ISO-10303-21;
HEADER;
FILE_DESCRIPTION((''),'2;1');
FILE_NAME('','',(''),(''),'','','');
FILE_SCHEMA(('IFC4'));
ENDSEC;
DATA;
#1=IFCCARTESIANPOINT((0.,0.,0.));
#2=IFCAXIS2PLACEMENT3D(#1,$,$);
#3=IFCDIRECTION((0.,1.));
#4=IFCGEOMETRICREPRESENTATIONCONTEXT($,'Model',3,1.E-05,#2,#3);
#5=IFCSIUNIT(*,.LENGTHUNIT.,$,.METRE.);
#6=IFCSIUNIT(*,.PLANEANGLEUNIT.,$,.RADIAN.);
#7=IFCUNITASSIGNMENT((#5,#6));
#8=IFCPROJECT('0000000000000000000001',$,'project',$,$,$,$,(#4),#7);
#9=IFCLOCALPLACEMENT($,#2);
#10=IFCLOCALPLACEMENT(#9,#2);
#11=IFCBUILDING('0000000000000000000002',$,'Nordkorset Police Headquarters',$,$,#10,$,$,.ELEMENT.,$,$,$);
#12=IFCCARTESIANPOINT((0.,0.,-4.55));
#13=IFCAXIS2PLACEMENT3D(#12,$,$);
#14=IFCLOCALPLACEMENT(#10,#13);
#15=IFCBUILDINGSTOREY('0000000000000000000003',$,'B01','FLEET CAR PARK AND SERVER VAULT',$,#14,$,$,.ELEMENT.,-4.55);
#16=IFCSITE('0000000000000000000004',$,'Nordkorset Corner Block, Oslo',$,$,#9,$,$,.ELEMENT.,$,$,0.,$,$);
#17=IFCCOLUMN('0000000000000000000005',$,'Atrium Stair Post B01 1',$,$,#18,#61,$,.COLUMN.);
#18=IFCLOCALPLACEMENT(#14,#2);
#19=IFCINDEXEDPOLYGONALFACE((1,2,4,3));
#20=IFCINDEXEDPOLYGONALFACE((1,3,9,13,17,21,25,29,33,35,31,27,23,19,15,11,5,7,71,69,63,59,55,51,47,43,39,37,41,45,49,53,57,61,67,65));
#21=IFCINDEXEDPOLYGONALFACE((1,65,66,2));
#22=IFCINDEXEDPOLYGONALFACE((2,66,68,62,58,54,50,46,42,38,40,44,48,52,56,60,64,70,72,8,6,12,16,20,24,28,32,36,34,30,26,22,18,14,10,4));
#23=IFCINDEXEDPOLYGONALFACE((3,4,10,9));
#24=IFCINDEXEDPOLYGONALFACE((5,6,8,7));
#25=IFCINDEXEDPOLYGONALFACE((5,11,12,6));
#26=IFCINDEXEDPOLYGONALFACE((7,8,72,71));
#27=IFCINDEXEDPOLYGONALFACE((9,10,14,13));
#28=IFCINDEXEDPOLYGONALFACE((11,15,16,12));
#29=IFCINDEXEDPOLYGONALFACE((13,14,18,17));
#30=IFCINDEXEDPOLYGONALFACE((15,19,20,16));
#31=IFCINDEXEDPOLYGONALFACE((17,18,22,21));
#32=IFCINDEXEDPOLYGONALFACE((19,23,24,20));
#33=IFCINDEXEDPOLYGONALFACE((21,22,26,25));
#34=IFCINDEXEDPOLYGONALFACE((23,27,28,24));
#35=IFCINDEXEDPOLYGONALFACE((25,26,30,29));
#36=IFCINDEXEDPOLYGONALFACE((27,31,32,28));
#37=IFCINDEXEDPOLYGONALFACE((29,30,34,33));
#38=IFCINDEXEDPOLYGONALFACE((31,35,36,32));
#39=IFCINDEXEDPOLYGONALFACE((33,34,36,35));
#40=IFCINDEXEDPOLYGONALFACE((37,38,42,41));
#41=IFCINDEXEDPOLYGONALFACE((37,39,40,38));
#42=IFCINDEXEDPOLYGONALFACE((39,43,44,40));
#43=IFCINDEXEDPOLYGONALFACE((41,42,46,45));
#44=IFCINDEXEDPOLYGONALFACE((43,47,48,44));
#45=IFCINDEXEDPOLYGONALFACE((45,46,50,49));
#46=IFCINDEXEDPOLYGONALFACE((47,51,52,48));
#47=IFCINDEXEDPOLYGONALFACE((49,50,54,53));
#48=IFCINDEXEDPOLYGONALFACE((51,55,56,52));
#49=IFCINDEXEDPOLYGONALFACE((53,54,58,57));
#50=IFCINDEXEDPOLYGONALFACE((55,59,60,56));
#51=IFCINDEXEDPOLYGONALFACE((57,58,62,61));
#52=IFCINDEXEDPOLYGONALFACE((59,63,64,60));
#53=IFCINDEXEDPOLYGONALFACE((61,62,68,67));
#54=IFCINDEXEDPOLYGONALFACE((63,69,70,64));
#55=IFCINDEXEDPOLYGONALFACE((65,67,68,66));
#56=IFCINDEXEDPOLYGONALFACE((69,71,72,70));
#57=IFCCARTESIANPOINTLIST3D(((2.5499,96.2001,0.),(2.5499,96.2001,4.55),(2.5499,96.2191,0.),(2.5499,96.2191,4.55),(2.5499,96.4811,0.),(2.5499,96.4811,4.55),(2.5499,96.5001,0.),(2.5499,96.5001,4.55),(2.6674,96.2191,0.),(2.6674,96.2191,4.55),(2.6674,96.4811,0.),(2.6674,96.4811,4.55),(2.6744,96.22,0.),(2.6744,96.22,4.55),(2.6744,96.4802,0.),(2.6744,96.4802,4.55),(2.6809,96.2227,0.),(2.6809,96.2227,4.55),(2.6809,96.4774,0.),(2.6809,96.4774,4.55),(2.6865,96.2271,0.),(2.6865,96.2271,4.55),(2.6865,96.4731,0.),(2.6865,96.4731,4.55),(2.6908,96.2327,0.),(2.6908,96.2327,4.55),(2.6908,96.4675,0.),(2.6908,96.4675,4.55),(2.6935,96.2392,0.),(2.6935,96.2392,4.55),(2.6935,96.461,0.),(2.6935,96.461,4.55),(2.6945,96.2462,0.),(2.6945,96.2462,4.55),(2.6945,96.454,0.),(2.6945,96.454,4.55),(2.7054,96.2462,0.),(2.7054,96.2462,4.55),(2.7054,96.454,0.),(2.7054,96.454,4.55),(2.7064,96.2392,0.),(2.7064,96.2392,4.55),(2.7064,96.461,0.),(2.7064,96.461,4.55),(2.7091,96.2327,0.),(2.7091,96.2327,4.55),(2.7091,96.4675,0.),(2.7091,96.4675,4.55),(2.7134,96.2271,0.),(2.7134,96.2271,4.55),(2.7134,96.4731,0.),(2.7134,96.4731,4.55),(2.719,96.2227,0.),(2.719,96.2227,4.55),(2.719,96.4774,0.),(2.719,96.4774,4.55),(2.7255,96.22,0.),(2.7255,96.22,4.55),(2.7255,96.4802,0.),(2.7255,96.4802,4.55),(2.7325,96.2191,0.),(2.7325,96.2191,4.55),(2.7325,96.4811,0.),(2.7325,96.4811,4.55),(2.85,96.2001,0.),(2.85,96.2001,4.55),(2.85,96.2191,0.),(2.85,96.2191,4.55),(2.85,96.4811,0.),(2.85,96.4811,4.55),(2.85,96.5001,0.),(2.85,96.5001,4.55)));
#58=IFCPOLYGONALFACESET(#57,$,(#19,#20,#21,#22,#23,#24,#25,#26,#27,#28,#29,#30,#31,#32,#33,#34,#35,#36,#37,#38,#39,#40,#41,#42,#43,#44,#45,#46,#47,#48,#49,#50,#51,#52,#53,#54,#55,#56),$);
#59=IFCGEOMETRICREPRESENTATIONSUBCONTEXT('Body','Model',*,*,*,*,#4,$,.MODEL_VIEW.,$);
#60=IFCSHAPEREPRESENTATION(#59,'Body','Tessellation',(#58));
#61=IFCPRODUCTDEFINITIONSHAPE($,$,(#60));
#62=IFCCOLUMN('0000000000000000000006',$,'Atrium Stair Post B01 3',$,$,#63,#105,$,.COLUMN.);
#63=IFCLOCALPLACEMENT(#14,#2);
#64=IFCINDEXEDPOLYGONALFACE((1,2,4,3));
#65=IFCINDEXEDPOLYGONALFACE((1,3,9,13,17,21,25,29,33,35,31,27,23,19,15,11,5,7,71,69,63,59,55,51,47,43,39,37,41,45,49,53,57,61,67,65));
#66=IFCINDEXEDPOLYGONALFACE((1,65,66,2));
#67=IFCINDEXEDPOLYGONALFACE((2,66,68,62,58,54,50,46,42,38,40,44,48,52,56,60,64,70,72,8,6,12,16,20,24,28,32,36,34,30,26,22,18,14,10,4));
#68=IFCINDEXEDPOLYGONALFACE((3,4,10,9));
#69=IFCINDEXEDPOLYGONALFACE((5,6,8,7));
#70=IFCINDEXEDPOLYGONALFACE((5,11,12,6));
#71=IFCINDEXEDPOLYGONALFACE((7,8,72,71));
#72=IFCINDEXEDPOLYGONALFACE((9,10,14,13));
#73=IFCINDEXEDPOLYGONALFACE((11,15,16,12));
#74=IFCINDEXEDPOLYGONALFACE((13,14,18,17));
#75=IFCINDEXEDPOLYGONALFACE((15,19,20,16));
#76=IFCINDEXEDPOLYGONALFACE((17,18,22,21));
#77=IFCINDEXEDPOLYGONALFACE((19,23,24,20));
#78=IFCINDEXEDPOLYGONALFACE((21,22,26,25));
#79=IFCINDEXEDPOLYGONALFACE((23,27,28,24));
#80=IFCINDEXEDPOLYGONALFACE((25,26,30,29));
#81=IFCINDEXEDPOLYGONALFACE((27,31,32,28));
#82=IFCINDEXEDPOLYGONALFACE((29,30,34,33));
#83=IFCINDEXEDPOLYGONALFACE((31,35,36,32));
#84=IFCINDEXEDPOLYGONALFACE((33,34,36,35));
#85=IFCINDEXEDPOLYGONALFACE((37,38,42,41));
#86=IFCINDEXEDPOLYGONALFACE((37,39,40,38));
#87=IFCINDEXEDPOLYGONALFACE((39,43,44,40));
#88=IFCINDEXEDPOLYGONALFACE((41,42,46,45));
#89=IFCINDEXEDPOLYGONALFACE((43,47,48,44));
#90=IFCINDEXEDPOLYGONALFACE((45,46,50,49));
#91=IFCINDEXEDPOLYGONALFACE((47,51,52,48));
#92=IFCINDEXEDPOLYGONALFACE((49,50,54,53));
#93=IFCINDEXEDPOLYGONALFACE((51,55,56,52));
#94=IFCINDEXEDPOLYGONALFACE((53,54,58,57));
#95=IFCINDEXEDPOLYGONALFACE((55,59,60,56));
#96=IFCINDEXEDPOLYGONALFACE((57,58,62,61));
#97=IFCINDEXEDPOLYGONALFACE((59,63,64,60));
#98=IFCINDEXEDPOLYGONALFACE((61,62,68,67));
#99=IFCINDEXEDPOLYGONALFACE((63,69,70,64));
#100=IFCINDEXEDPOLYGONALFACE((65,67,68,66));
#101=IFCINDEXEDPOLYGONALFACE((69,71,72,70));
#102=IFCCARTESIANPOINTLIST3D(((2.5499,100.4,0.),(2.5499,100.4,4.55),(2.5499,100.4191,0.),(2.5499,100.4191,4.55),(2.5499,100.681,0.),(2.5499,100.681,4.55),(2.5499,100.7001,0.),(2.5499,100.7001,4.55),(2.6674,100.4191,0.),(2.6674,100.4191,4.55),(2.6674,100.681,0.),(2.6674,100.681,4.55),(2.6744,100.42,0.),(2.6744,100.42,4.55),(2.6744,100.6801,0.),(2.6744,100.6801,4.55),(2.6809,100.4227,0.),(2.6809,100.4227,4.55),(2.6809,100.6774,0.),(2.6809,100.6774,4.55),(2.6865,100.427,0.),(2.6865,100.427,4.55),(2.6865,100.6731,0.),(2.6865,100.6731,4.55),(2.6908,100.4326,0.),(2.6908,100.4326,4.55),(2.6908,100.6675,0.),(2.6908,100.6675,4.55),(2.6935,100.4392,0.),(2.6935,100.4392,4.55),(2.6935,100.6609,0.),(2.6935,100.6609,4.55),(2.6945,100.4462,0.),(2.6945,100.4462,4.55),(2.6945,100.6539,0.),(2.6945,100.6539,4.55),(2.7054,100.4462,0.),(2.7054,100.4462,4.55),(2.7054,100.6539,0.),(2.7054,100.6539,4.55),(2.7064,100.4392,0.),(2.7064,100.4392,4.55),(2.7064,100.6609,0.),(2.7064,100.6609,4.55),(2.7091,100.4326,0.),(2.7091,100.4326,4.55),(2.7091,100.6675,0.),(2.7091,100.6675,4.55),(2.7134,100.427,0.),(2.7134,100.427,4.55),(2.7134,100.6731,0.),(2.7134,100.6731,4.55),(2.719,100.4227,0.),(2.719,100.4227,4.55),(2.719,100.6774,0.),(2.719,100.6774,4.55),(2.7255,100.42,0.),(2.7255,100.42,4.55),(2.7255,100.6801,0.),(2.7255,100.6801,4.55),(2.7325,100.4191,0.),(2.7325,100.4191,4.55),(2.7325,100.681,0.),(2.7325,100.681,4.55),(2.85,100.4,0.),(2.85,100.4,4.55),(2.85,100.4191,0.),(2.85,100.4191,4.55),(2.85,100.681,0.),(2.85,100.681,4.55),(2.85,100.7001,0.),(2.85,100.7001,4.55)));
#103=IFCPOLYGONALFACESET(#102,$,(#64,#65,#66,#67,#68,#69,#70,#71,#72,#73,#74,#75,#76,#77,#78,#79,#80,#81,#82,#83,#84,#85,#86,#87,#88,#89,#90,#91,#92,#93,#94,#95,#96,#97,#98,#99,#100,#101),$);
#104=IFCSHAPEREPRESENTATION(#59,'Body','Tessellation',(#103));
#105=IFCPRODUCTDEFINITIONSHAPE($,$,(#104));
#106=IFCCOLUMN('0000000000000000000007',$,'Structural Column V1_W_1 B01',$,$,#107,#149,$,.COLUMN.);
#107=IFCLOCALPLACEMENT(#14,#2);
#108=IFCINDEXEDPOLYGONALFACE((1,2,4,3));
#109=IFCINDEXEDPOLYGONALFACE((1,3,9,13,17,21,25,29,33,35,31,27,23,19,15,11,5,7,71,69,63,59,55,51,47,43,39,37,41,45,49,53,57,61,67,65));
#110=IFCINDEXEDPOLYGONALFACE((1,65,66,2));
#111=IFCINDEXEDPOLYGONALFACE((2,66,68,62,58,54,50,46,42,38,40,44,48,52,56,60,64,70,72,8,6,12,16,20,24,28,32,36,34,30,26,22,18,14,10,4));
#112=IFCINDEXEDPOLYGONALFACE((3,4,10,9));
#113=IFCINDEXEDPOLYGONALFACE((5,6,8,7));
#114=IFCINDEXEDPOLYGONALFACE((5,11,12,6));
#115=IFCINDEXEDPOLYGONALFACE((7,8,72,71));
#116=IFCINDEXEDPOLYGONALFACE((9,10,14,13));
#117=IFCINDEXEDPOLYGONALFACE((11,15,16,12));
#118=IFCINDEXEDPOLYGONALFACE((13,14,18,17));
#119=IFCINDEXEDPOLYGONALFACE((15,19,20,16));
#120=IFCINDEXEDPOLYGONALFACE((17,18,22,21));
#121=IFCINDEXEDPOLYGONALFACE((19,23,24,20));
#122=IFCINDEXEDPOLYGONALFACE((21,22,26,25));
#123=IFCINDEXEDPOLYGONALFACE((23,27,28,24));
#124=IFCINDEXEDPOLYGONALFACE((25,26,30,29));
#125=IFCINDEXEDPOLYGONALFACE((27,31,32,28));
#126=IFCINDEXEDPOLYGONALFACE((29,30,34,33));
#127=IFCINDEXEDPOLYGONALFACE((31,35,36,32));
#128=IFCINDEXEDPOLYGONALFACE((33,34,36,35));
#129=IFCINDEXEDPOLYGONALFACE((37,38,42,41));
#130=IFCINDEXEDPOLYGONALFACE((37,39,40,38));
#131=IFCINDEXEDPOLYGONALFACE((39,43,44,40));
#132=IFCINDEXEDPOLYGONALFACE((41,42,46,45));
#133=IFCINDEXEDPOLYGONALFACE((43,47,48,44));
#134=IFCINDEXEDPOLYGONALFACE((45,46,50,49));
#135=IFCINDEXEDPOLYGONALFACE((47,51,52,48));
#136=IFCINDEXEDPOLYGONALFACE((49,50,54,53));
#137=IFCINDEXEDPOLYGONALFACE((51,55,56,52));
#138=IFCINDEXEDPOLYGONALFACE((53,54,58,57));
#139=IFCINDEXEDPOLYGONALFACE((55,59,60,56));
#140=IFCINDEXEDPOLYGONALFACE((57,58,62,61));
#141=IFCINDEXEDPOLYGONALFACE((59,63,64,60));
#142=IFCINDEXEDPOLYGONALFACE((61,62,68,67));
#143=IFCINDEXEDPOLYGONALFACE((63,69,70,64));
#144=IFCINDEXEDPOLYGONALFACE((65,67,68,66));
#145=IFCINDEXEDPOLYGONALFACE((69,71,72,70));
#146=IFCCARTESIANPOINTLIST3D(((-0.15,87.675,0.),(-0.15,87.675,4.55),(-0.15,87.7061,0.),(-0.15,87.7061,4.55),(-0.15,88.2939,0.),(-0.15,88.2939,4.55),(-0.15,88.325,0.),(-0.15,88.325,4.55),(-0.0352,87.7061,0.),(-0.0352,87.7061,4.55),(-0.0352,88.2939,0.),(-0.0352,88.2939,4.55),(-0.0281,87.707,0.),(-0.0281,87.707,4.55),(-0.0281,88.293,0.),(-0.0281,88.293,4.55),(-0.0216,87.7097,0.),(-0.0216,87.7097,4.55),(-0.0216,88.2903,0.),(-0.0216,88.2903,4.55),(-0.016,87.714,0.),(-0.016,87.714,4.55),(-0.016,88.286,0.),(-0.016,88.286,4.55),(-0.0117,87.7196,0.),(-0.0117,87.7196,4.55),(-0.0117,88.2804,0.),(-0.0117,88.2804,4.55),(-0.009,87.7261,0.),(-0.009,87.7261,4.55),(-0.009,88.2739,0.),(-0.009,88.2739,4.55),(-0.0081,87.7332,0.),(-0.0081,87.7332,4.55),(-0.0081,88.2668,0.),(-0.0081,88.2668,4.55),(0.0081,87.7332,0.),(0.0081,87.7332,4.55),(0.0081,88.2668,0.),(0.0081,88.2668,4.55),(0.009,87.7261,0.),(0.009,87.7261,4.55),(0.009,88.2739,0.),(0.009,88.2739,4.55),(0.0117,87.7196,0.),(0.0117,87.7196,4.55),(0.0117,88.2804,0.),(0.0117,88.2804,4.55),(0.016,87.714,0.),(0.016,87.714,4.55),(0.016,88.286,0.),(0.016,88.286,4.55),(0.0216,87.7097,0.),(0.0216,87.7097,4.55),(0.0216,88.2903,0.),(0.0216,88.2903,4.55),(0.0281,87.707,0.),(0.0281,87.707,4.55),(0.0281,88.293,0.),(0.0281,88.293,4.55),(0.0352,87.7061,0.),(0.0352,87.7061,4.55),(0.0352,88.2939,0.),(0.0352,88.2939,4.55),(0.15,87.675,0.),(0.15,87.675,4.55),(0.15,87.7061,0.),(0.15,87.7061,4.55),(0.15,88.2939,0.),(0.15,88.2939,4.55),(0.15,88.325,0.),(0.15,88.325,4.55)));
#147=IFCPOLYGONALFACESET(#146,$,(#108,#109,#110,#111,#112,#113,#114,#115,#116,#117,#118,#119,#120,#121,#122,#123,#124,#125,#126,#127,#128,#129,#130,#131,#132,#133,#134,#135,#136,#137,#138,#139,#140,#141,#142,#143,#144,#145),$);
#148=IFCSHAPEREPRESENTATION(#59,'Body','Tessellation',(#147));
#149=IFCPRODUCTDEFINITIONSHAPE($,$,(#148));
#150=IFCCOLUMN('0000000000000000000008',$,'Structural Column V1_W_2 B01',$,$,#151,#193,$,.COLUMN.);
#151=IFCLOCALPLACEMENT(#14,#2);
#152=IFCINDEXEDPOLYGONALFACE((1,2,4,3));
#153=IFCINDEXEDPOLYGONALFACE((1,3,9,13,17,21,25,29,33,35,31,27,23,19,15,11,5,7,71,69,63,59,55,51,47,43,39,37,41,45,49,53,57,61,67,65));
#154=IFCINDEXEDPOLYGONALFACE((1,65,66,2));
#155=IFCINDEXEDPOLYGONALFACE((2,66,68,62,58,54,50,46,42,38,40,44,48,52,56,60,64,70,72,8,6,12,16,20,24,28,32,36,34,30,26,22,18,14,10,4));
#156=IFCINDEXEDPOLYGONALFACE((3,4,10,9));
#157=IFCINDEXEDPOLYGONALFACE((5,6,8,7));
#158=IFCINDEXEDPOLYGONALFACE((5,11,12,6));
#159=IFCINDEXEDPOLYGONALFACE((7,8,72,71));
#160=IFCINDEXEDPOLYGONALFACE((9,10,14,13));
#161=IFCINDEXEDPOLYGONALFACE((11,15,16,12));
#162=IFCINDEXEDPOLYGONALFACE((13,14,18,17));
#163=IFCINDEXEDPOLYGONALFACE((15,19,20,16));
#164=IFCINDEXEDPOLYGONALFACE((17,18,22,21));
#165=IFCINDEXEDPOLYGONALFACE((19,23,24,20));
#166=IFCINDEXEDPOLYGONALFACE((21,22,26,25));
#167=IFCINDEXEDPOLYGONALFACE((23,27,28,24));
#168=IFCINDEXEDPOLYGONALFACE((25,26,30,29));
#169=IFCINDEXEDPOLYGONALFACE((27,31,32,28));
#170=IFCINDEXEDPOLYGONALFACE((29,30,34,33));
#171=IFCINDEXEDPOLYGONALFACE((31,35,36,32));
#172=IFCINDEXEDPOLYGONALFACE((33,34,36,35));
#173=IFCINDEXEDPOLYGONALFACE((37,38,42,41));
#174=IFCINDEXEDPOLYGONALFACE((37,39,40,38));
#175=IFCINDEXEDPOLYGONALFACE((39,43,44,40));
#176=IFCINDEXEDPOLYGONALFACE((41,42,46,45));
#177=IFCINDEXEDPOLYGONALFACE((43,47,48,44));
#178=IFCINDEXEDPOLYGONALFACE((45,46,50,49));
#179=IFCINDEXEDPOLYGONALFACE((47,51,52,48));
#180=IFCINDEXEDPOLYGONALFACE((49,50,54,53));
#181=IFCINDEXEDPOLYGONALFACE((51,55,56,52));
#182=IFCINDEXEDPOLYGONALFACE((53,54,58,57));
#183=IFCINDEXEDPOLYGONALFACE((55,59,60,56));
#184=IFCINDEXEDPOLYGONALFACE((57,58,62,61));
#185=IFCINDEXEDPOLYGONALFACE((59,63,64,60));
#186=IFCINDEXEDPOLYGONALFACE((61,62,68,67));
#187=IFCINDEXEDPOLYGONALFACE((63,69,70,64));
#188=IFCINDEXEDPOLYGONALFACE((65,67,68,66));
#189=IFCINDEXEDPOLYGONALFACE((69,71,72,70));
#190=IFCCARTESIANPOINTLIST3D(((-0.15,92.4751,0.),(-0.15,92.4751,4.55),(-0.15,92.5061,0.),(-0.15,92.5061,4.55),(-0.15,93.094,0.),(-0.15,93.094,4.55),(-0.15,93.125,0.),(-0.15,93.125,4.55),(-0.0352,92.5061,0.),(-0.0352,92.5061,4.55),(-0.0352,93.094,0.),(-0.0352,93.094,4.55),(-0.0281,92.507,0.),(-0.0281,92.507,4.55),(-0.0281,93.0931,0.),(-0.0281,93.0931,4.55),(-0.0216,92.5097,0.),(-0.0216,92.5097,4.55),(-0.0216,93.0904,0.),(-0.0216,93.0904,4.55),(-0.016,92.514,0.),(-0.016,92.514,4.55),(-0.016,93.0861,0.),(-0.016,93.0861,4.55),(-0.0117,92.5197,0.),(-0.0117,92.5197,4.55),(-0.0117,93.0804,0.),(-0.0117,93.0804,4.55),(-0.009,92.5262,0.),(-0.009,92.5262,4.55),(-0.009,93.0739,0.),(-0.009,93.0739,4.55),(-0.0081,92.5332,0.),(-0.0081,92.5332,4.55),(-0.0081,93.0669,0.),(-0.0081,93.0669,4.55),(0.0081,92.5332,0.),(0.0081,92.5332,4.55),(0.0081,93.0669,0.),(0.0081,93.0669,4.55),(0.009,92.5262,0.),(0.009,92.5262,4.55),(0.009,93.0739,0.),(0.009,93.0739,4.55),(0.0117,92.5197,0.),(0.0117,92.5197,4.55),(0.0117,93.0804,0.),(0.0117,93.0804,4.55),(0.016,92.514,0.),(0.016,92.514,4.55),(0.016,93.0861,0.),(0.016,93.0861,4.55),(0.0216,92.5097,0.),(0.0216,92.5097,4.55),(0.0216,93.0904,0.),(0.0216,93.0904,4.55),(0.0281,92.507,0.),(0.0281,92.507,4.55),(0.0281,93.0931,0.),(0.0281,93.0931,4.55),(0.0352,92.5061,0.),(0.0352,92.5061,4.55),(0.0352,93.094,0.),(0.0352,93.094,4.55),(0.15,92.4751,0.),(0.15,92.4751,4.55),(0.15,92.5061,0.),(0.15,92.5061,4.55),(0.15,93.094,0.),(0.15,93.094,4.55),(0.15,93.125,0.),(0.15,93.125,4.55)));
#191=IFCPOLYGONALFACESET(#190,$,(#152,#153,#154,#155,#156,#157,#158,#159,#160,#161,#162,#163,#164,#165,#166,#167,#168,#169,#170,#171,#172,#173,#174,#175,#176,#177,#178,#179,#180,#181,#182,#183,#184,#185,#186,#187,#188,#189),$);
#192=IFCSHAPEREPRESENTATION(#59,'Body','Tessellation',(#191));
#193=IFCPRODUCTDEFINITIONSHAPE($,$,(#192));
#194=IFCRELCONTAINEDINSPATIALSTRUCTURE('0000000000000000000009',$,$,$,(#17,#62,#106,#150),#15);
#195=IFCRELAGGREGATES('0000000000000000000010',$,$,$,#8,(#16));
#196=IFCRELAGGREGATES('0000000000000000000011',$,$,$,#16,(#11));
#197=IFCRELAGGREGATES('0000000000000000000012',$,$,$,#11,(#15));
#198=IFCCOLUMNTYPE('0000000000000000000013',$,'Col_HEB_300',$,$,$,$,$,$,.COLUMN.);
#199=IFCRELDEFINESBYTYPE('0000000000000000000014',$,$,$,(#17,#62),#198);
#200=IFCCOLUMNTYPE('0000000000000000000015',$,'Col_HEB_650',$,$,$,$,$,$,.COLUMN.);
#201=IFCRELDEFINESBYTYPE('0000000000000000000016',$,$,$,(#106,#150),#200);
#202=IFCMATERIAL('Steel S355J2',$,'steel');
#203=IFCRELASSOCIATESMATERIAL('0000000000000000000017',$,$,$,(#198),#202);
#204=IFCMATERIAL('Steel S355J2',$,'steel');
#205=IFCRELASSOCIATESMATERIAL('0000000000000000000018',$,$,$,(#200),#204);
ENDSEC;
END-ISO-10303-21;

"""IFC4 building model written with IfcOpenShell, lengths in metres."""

from ifc_helpers import new_model, si_unit, direction, frame, origin, origin_2d, place, context, subcontext, project, spatial, i_section, extrude, material, material_profile, profile_set, type_object, element, save


model = new_model("IFC4")

# Units and contexts
model_context = context("Model", 3, precision=1e-05, world=origin(), true_north=direction((0.0, 1.0)))
body_context = subcontext(model_context, "Body", "Model", "MODEL_VIEW")
ifc_project = project(units=[si_unit("LENGTHUNIT", "METRE"), si_unit("PLANEANGLEUNIT", "RADIAN")], contexts=[model_context])

# Site, building, storey
site_placement = place(None, origin())
site = spatial("IfcSite", under=ifc_project, at=site_placement, Name="Nordkorset Corner Block, Oslo", CompositionType="ELEMENT", RefElevation=0.0)
building_placement = place(site_placement, origin())
building = spatial("IfcBuilding", under=site, at=building_placement, Name="Nordkorset Police Headquarters", CompositionType="ELEMENT")
storey_placement = place(building_placement, frame((0.0, 0.0, -4.55)))
storey = spatial("IfcBuildingStorey", under=building, at=storey_placement, Name="B01", Description="FLEET CAR PARK AND SERVER VAULT", CompositionType="ELEMENT", Elevation=-4.55)

# Columns
ifc_material_1 = material(Name="Steel S355J2", Category="steel")
ifc_material_profile_1 = material_profile(ifc_material_1, i_section(OverallWidth=0.3, OverallDepth=0.3, WebThickness=0.011, FlangeThickness=0.019, FilletRadius=0.0271, at=origin_2d()), Name="HEB 300")
ifc_profile_set_1 = profile_set([ifc_material_profile_1], Name="Steel S355J2")
column_type_1 = type_object("IfcColumnType", Name="Col_HEB_300", PredefinedType="COLUMN", material=ifc_profile_set_1)
for number, where, z_axis, x_axis, name in (
    (1, (2.7, 96.3501, 0.0), (0.0, 0.0, 1.0), (1.0, 0.0, 0.0), "Atrium Stair Post B01 1"),
    (2, (2.7, 100.55, 0.0), (0.0, 0.0, 1.0), (1.0, 0.0, 0.0), "Atrium Stair Post B01 3"),
):
    element("IfcColumn", number, at=place(storey_placement, frame(where, z_axis=z_axis, x_axis=x_axis)), inside=storey, type_object=column_type_1, Name=name, PredefinedType="COLUMN", context=body_context, shape_type="SweptSolid", body=[
        extrude(i_section(OverallWidth=0.3, OverallDepth=0.3, WebThickness=0.011, FlangeThickness=0.019, FilletRadius=0.0271, at=origin_2d()), origin(), (0.0, 0.0, 1.0), 4.55),
    ])
ifc_material_2 = material(Name="Steel S355J2", Category="steel")
ifc_material_profile_2 = material_profile(ifc_material_2, i_section(OverallWidth=0.3, OverallDepth=0.6499, WebThickness=0.0161, FlangeThickness=0.031, FilletRadius=0.0271, at=origin_2d()), Name="HEB 650")
ifc_profile_set_2 = profile_set([ifc_material_profile_2], Name="Steel S355J2")
column_type_2 = type_object("IfcColumnType", Name="Col_HEB_650", PredefinedType="COLUMN", material=ifc_profile_set_2)
for number, where, z_axis, x_axis, name in (
    (3, (0.0, 88.0, 0.0), (0.0, 0.0, 1.0), (1.0, 0.0, 0.0), "Structural Column V1_W_1 B01"),
    (4, (0.0, 92.8, 0.0), (0.0, 0.0, 1.0), (1.0, 0.0, 0.0), "Structural Column V1_W_2 B01"),
):
    element("IfcColumn", number, at=place(storey_placement, frame(where, z_axis=z_axis, x_axis=x_axis)), inside=storey, type_object=column_type_2, Name=name, PredefinedType="COLUMN", context=body_context, shape_type="SweptSolid", body=[
        extrude(i_section(OverallWidth=0.3, OverallDepth=0.6499, WebThickness=0.0161, FlangeThickness=0.031, FilletRadius=0.0271, at=origin_2d()), origin(), (0.0, 0.0, 1.0), 4.55),
    ])

save(model, "model.ifc")
